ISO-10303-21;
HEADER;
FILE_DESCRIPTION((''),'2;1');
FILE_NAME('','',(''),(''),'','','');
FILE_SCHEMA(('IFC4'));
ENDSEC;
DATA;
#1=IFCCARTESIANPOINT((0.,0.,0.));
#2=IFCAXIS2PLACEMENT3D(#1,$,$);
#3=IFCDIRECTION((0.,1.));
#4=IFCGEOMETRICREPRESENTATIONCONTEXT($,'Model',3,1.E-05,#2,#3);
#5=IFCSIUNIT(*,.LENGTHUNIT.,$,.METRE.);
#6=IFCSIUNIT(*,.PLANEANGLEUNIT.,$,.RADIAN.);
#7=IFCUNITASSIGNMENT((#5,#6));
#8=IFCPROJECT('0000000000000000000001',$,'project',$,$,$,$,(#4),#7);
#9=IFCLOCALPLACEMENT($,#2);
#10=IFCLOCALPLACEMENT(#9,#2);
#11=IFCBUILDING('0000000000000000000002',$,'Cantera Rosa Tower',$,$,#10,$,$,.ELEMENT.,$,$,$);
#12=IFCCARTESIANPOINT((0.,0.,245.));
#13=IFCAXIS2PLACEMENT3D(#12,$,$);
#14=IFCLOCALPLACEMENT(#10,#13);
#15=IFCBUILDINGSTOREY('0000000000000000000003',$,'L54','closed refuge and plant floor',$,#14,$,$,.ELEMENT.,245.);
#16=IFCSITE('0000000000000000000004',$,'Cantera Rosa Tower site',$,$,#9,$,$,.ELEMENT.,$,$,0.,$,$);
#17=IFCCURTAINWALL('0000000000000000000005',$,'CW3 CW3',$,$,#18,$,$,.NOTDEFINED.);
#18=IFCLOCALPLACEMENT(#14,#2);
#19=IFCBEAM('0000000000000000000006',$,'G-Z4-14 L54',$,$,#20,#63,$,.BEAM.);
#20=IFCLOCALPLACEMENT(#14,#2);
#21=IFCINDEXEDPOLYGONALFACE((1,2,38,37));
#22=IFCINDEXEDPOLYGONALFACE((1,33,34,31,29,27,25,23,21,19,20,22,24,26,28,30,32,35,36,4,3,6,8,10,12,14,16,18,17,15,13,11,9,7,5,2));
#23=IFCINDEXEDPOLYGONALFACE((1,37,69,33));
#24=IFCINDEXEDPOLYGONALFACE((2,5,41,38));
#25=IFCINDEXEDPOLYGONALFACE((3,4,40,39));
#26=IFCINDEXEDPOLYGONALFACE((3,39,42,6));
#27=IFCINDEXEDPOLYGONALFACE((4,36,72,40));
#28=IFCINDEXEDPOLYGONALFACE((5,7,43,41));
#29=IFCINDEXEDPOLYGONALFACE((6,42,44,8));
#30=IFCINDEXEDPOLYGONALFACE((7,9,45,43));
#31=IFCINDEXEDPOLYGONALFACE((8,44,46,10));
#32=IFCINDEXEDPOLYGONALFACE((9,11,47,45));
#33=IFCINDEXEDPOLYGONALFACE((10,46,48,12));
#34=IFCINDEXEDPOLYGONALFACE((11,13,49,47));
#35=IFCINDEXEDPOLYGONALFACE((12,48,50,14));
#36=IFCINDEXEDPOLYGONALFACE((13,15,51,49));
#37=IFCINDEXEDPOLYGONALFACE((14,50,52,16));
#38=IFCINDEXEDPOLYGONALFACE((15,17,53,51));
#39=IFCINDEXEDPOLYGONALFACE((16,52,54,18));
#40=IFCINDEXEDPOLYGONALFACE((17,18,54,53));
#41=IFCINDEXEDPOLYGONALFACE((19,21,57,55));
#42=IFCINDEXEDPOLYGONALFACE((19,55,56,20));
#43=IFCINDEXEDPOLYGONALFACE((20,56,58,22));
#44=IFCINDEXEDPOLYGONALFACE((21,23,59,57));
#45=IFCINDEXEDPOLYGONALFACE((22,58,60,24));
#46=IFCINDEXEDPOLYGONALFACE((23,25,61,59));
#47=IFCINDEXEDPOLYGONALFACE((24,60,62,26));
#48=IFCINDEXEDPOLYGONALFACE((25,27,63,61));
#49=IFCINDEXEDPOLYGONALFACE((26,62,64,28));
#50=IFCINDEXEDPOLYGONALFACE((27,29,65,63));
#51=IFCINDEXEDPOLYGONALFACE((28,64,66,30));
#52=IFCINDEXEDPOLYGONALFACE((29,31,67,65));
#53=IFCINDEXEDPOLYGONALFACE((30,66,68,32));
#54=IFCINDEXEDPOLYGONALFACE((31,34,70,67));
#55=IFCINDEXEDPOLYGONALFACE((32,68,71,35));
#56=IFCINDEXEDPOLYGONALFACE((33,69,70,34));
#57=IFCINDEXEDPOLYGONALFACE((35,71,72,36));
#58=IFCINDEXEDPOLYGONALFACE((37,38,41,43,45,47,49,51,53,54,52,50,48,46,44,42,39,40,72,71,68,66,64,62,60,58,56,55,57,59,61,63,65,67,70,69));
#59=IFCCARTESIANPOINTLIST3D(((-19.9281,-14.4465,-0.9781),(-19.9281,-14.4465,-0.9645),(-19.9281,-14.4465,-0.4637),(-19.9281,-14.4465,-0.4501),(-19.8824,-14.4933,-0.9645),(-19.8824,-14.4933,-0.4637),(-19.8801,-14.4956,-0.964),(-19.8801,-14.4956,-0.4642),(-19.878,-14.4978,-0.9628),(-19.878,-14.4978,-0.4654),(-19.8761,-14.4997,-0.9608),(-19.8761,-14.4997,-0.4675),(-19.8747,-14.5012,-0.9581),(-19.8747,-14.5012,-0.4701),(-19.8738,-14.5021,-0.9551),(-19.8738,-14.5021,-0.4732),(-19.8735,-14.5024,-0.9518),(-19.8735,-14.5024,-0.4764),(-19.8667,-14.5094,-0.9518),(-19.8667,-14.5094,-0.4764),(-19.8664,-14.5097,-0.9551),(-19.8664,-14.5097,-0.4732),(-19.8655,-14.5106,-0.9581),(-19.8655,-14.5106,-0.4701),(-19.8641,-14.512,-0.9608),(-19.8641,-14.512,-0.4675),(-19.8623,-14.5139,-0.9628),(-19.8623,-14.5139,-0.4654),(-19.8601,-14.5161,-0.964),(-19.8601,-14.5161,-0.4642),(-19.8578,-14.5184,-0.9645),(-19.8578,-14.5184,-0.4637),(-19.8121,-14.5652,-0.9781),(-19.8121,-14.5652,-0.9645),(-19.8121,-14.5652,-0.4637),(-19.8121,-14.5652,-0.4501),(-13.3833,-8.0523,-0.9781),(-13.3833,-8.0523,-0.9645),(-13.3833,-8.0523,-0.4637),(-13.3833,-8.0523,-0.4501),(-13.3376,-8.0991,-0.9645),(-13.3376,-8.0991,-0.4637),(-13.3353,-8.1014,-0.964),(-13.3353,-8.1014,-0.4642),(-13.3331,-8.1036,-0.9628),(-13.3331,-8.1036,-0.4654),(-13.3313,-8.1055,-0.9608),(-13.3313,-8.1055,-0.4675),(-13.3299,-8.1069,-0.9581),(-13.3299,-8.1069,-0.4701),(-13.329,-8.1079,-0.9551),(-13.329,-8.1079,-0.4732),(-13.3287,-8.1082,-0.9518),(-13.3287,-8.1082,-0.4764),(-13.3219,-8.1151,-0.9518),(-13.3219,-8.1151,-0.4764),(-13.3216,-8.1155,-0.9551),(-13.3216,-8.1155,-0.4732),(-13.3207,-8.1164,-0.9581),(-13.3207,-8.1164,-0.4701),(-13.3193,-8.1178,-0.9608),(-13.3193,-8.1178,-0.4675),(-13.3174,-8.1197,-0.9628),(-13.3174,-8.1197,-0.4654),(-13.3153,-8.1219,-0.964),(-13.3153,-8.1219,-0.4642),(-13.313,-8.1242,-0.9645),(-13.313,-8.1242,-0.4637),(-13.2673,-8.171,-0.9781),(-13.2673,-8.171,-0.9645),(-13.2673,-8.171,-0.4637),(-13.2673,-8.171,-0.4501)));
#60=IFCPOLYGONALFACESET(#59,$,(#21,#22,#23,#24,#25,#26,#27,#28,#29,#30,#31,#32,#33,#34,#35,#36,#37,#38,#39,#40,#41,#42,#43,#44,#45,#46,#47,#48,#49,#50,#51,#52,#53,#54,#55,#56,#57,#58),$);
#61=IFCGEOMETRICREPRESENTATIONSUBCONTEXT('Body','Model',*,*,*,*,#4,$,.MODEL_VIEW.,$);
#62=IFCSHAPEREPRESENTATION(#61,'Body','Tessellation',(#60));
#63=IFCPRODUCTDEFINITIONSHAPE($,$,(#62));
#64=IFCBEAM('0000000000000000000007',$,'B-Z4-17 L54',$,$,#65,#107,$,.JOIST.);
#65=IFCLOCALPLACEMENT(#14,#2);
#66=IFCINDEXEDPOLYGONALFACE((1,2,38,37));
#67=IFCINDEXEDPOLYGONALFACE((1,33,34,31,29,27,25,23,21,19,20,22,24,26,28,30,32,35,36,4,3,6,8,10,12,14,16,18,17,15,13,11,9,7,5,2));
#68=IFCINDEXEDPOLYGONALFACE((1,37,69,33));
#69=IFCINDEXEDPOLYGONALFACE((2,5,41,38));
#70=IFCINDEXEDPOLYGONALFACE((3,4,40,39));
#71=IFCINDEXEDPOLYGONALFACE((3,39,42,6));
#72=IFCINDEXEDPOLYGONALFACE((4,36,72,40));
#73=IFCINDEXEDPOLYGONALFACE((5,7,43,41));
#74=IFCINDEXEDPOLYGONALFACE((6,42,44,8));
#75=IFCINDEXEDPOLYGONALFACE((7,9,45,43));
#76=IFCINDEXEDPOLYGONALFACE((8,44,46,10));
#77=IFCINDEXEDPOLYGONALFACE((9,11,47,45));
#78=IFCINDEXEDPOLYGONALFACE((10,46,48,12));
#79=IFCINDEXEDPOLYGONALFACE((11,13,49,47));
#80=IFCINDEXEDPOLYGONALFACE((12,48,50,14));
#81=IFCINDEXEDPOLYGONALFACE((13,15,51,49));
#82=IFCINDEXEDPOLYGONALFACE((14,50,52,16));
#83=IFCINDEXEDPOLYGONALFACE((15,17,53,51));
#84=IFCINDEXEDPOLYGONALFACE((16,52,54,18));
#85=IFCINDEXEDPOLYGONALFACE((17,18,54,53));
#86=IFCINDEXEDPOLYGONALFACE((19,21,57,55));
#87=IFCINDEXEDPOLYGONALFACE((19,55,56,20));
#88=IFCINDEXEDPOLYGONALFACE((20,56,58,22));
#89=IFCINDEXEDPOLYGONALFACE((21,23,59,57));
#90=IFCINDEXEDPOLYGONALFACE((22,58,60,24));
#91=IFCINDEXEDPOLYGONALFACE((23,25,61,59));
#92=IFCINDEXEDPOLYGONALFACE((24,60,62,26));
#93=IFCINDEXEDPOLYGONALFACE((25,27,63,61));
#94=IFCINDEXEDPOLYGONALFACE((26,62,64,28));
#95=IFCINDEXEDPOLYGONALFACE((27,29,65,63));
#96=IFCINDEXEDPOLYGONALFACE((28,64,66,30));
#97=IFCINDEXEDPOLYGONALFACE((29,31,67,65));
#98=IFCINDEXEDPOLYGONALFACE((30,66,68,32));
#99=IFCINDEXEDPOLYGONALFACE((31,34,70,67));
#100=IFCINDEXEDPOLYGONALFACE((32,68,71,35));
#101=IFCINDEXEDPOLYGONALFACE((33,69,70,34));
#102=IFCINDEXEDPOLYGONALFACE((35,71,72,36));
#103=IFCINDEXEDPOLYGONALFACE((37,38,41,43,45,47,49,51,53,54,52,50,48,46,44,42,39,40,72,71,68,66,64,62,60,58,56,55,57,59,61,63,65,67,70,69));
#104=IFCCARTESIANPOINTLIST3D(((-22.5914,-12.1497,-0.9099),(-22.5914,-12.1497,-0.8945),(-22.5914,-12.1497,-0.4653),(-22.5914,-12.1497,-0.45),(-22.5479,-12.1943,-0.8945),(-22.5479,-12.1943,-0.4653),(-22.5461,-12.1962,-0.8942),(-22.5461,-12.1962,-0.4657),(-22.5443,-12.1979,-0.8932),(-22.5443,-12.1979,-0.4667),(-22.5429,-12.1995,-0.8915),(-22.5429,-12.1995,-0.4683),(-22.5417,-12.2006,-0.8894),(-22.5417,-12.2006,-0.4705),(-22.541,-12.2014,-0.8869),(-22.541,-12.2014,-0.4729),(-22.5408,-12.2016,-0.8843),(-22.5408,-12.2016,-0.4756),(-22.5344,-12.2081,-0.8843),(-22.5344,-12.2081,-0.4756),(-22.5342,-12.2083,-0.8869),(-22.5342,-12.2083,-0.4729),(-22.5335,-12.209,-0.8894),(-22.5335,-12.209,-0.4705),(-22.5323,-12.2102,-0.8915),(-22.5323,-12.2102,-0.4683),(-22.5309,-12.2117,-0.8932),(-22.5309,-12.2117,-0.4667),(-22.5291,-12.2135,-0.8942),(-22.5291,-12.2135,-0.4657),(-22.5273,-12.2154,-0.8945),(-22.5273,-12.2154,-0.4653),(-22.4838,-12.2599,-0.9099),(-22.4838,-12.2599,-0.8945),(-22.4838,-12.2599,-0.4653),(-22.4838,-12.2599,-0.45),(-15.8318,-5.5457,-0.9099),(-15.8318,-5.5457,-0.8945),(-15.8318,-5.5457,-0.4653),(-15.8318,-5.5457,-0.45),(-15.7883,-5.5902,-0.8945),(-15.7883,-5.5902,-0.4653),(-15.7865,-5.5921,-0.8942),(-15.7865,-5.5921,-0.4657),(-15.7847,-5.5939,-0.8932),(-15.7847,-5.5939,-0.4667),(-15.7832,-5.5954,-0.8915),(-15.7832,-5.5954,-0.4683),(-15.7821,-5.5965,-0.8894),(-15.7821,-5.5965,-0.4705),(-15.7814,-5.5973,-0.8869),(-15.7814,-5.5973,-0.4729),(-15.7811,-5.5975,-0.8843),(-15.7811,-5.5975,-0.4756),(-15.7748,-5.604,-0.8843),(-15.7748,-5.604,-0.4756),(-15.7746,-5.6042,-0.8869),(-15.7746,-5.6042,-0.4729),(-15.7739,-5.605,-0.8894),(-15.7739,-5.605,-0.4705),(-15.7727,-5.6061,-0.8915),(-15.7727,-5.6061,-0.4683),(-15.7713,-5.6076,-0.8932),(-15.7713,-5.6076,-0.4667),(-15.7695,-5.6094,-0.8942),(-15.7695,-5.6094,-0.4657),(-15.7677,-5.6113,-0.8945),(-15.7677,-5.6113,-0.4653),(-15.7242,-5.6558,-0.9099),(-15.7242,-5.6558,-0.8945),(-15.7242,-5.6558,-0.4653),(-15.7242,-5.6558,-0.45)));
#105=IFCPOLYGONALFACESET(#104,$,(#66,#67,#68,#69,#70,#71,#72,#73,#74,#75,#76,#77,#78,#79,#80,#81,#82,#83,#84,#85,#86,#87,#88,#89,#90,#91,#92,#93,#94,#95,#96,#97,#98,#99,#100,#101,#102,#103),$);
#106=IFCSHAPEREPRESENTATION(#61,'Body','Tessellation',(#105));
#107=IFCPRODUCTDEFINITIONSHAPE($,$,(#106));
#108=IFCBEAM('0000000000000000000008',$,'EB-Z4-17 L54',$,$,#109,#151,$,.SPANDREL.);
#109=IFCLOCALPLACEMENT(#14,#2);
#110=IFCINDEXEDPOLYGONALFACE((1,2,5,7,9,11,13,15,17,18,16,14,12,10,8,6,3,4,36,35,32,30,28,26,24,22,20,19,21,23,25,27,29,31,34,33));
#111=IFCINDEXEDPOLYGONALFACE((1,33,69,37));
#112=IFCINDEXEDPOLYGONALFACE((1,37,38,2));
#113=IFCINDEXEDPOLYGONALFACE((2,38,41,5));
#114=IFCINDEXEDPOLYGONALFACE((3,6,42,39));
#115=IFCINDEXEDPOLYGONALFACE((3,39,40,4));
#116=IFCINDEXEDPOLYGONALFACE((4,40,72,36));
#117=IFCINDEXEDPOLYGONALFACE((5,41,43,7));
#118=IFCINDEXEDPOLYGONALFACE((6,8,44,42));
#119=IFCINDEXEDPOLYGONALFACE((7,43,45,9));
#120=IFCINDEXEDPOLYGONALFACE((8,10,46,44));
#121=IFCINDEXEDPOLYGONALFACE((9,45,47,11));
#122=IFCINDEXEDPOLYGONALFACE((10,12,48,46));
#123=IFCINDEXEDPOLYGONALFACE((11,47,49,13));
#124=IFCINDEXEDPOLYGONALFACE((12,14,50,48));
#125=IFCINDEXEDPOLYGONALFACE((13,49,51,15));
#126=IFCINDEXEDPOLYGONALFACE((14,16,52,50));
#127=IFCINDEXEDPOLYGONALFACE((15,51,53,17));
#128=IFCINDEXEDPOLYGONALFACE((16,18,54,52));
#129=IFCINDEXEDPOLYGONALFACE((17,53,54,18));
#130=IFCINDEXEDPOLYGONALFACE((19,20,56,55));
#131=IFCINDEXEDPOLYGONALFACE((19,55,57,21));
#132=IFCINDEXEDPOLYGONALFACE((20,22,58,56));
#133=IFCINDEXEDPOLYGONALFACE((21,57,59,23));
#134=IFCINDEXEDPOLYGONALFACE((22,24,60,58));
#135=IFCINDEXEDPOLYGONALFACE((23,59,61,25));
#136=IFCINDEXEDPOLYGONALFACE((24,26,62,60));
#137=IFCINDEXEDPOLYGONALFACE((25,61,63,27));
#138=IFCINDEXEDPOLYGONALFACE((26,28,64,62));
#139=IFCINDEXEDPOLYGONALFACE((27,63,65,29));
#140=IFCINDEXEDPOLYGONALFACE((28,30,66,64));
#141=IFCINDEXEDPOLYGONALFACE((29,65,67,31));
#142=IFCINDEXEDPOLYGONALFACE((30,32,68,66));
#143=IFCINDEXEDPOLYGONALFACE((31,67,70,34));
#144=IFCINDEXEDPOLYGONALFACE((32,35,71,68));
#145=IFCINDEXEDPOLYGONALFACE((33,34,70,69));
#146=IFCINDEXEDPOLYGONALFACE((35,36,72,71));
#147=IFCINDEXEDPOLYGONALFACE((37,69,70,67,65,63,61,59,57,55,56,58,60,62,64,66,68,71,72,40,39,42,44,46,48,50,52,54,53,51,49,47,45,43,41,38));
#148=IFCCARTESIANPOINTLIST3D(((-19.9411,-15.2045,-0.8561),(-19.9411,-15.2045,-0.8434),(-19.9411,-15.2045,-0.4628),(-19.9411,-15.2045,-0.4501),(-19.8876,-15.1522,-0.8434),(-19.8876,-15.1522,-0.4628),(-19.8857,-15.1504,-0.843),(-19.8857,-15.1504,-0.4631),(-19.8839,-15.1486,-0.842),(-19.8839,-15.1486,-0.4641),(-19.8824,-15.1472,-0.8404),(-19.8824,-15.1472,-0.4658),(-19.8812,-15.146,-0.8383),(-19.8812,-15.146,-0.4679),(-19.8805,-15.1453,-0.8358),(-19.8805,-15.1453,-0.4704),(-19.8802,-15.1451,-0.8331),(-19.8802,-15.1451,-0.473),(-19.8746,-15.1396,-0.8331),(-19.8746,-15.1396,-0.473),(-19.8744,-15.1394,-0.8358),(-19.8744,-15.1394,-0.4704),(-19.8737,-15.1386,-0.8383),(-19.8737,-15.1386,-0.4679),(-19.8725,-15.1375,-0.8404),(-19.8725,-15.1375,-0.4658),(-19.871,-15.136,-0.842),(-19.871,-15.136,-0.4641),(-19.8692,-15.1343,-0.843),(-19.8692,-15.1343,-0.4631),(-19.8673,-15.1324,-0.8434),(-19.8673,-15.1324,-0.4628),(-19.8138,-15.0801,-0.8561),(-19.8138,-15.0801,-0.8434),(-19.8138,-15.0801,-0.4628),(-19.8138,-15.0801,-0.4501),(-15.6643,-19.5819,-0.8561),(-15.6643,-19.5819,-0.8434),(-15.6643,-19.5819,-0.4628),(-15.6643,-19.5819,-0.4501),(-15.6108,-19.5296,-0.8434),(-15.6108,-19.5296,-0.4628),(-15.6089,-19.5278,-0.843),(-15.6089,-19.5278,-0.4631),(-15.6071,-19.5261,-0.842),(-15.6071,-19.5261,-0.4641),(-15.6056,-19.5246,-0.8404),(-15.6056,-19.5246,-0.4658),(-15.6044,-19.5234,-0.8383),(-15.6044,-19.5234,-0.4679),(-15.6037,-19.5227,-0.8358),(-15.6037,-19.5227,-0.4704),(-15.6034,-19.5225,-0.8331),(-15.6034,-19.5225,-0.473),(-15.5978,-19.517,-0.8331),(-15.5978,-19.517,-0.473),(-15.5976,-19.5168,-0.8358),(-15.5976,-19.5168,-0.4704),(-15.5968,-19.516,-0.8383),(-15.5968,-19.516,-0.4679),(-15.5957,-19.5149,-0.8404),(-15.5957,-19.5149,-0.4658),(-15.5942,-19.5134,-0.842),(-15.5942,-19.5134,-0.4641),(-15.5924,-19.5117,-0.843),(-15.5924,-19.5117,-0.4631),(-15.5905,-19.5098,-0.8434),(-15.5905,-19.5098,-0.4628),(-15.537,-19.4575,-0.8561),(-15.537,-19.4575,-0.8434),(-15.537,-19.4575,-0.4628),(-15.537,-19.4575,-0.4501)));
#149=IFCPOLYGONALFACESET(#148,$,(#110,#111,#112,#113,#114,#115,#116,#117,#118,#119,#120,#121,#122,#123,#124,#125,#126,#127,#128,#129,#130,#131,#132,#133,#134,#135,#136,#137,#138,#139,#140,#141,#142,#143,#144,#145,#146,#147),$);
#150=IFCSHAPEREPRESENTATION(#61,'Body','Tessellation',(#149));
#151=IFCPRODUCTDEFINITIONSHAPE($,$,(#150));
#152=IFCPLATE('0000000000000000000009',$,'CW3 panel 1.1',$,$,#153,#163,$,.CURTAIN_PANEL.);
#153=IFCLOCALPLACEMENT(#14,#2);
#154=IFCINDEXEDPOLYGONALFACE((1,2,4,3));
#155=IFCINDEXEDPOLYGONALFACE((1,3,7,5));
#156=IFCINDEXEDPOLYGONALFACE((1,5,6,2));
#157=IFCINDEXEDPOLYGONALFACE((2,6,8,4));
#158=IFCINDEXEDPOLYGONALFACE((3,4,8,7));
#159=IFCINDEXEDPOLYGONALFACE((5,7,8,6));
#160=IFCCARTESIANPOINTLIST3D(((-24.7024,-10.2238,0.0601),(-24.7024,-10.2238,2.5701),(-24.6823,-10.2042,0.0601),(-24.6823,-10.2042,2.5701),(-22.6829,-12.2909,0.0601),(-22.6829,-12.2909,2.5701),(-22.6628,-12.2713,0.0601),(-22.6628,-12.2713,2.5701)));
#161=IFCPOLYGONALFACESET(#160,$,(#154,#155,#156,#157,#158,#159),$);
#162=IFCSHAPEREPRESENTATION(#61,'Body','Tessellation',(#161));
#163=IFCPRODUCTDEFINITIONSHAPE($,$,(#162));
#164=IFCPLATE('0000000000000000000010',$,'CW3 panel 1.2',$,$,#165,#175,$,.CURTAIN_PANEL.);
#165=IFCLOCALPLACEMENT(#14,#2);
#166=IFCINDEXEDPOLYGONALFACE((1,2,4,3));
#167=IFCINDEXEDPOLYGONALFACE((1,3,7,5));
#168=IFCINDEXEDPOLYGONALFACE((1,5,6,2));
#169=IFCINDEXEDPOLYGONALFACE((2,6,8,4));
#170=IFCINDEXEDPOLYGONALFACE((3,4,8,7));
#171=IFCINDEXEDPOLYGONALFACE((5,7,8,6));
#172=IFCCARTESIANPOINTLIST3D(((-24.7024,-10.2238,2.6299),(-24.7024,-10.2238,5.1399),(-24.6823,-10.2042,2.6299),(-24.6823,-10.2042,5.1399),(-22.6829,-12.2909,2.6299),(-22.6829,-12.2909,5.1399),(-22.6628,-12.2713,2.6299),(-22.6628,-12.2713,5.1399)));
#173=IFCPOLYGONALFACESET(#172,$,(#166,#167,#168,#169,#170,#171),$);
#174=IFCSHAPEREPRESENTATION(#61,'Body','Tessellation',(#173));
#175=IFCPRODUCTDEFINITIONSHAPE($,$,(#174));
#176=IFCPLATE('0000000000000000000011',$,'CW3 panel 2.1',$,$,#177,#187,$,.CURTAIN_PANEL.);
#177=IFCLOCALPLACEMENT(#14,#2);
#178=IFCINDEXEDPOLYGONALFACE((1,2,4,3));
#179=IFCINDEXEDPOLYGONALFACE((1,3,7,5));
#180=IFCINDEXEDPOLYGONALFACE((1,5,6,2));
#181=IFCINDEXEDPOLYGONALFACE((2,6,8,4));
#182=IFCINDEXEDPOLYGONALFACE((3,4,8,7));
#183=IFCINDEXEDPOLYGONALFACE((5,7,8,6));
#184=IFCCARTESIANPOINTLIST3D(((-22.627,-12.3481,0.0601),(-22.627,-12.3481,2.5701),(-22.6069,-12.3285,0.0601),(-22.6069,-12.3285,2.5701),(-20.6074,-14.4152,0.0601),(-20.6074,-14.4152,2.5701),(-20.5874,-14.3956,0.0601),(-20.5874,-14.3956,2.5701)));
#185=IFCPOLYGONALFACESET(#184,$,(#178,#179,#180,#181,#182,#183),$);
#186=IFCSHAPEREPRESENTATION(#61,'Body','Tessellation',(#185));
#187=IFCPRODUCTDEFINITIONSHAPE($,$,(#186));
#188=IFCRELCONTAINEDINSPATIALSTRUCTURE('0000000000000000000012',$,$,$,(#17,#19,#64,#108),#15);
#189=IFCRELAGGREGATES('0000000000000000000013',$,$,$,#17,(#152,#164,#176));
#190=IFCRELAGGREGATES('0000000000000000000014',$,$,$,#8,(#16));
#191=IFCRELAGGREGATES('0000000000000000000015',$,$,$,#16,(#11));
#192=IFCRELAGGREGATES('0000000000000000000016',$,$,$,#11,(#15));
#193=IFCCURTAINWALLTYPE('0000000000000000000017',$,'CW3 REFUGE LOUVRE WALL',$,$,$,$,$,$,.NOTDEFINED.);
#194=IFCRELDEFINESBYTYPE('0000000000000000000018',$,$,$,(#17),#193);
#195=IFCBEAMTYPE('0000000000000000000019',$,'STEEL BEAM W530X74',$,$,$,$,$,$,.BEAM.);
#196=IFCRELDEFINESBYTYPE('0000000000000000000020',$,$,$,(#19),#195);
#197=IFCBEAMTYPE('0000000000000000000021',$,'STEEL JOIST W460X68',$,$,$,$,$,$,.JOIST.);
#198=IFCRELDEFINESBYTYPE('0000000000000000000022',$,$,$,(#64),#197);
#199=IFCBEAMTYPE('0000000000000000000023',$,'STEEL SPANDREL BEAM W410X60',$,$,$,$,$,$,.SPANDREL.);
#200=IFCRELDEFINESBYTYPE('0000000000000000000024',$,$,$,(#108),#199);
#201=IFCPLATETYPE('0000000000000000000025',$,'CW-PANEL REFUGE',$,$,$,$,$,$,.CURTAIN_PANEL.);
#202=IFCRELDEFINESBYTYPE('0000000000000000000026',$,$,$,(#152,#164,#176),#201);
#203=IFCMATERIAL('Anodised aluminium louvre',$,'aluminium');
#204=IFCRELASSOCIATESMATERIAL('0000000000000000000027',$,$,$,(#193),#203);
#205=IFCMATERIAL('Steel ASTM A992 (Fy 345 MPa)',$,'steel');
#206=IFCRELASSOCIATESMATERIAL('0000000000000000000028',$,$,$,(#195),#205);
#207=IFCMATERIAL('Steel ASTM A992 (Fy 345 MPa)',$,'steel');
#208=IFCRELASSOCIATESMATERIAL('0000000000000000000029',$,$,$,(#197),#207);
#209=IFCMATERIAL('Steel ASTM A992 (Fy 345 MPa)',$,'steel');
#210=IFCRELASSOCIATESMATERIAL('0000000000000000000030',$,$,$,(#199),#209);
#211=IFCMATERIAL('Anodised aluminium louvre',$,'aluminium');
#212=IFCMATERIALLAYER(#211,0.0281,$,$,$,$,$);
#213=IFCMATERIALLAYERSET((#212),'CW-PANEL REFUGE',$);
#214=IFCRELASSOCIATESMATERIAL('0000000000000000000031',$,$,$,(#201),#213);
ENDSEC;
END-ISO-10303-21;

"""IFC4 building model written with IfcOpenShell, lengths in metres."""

from ifc_helpers import new_model, si_unit, direction, frame, origin, origin_2d, place, context, subcontext, project, spatial, rectangle, i_section, extrude, material, layer, layer_set, material_profile, profile_set, type_object, element, aggregate, save


model = new_model("IFC4")

# Units and contexts
model_context = context("Model", 3, precision=1e-05, world=origin(), true_north=direction((0.0, 1.0)))
body_context = subcontext(model_context, "Body", "Model", "MODEL_VIEW")
ifc_project = project(units=[si_unit("LENGTHUNIT", "METRE"), si_unit("PLANEANGLEUNIT", "RADIAN")], contexts=[model_context])

# Site, building, storey
site_placement = place(None, origin())
site = spatial("IfcSite", under=ifc_project, at=site_placement, Name="Cantera Rosa Tower site", CompositionType="ELEMENT", RefElevation=0.0)
building_placement = place(site_placement, origin())
building = spatial("IfcBuilding", under=site, at=building_placement, Name="Cantera Rosa Tower", CompositionType="ELEMENT")
storey_placement = place(building_placement, frame((0.0, 0.0, 245.0)))
storey = spatial("IfcBuildingStorey", under=building, at=storey_placement, Name="L54", Description="closed refuge and plant floor", CompositionType="ELEMENT", Elevation=245.0)

# Curtain wall
ifc_material_1 = material(Name="Anodised aluminium louvre", Category="aluminium")
curtain_wall_type = type_object("IfcCurtainWallType", Name="CW3 REFUGE LOUVRE WALL", PredefinedType="NOTDEFINED", material=ifc_material_1)
curtain_wall_1_placement = place(storey_placement, origin())
curtain_wall_1 = element("IfcCurtainWall", 1, at=curtain_wall_1_placement, inside=storey, type_object=curtain_wall_type, Name="CW3 CW3", PredefinedType="NOTDEFINED")

# Beams
ifc_material_2 = material(Name="Steel ASTM A992 (Fy 345 MPa)", Category="steel")
ifc_material_profile_1 = material_profile(ifc_material_2, i_section(OverallWidth=0.166, OverallDepth=0.5281, WebThickness=0.0098, FlangeThickness=0.0137, FilletRadius=0.0127, at=origin_2d()), Name="W530X74")
ifc_profile_set_1 = profile_set([ifc_material_profile_1], Name="Steel ASTM A992 (Fy 345 MPa)")
beam_type_1 = type_object("IfcBeamType", Name="STEEL BEAM W530X74", PredefinedType="BEAM", material=ifc_profile_set_1)
beam_1_placement = place(storey_placement, frame((-19.8701, -14.5059, -0.7141), z_axis=(0.71529, 0.698827, 0.0), x_axis=(-0.698827, 0.71529, 0.0)))
element("IfcBeam", 2, at=beam_1_placement, inside=storey, type_object=beam_type_1, Name="G-Z4-14 L54", PredefinedType="BEAM", context=body_context, shape_type="SweptSolid", body=[
    extrude(i_section(OverallWidth=0.166, OverallDepth=0.5281, WebThickness=0.0098, FlangeThickness=0.0137, FilletRadius=0.0127, at=origin_2d()), origin(), (0.0, 0.0, 1.0), 9.1499),
])
ifc_material_3 = material(Name="Steel ASTM A992 (Fy 345 MPa)", Category="steel")
ifc_material_profile_2 = material_profile(ifc_material_3, i_section(OverallWidth=0.1541, OverallDepth=0.46, WebThickness=0.009, FlangeThickness=0.0154, FilletRadius=0.0103, at=origin_2d()), Name="W460X68")
ifc_profile_set_2 = profile_set([ifc_material_profile_2], Name="Steel ASTM A992 (Fy 345 MPa)")
beam_type_2 = type_object("IfcBeamType", Name="STEEL JOIST W460X68", PredefinedType="JOIST", material=ifc_profile_set_2)
beam_2_placement = place(storey_placement, frame((-22.5376, -12.2048, -0.6799), z_axis=(0.715287, 0.698831, 0.0), x_axis=(-0.698831, 0.715287, 0.0)))
element("IfcBeam", 3, at=beam_2_placement, inside=storey, type_object=beam_type_2, Name="B-Z4-17 L54", PredefinedType="JOIST", context=body_context, shape_type="SweptSolid", body=[
    extrude(i_section(OverallWidth=0.1541, OverallDepth=0.46, WebThickness=0.009, FlangeThickness=0.0154, FilletRadius=0.0103, at=origin_2d()), origin(), (0.0, 0.0, 1.0), 9.4502),
])
ifc_material_4 = material(Name="Steel ASTM A992 (Fy 345 MPa)", Category="steel")
ifc_material_profile_3 = material_profile(ifc_material_4, i_section(OverallWidth=0.178, OverallDepth=0.406, WebThickness=0.0078, FlangeThickness=0.0127, FilletRadius=0.0103, at=origin_2d()), Name="W410X60")
ifc_profile_set_3 = profile_set([ifc_material_profile_3], Name="Steel ASTM A992 (Fy 345 MPa)")
beam_type_3 = type_object("IfcBeamType", Name="STEEL SPANDREL BEAM W410X60", PredefinedType="SPANDREL", material=ifc_profile_set_3)
beam_3_placement = place(storey_placement, frame((-19.8774, -15.1423, -0.6531), z_axis=(0.698841, -0.715277, 0.0), x_axis=(0.715277, 0.698841, 0.0)))
element("IfcBeam", 4, at=beam_3_placement, inside=storey, type_object=beam_type_3, Name="EB-Z4-17 L54", PredefinedType="SPANDREL", context=body_context, shape_type="SweptSolid", body=[
    extrude(i_section(OverallWidth=0.178, OverallDepth=0.406, WebThickness=0.0078, FlangeThickness=0.0127, FilletRadius=0.0103, at=origin_2d()), origin(), (0.0, 0.0, 1.0), 6.1199),
])

# Plates
ifc_material_5 = material(Name="Anodised aluminium louvre", Category="aluminium")
ifc_layer = layer(ifc_material_5, 0.0281)
ifc_layer_set = layer_set([ifc_layer], Name="CW-PANEL REFUGE")
plate_type = type_object("IfcPlateType", Name="CW-PANEL REFUGE", PredefinedType="CURTAIN_PANEL", material=ifc_layer_set)
plate_1_placement = place(storey_placement, frame((-23.6826, -11.2476, 0.0601), z_axis=(0.0, 0.0, 1.0), x_axis=(0.698832, -0.715286, 0.0)))
plate_1 = element("IfcPlate", 5, at=plate_1_placement, type_object=plate_type, Name="CW3 panel 1.1", PredefinedType="CURTAIN_PANEL", context=body_context, shape_type="SweptSolid", body=[
    extrude(rectangle(XDim=2.8899, YDim=0.0281, at=origin_2d()), origin(), (0.0, 0.0, 1.0), 2.51),
])
plate_2_placement = place(storey_placement, frame((-23.6826, -11.2476, 2.6299), z_axis=(0.0, 0.0, 1.0), x_axis=(0.698832, -0.715286, 0.0)))
plate_2 = element("IfcPlate", 6, at=plate_2_placement, type_object=plate_type, Name="CW3 panel 1.2", PredefinedType="CURTAIN_PANEL", context=body_context, shape_type="SweptSolid", body=[
    extrude(rectangle(XDim=2.8899, YDim=0.0281, at=origin_2d()), origin(), (0.0, 0.0, 1.0), 2.51),
])
plate_3_placement = place(storey_placement, frame((-21.6072, -13.3718, 0.0601), z_axis=(0.0, 0.0, 1.0), x_axis=(0.698832, -0.715286, 0.0)))
plate_3 = element("IfcPlate", 7, at=plate_3_placement, type_object=plate_type, Name="CW3 panel 2.1", PredefinedType="CURTAIN_PANEL", context=body_context, shape_type="SweptSolid", body=[
    extrude(rectangle(XDim=2.8899, YDim=0.0281, at=origin_2d()), origin(), (0.0, 0.0, 1.0), 2.51),
])
aggregate(curtain_wall_1, [plate_1, plate_2, plate_3])

save(model, "model.ifc")
